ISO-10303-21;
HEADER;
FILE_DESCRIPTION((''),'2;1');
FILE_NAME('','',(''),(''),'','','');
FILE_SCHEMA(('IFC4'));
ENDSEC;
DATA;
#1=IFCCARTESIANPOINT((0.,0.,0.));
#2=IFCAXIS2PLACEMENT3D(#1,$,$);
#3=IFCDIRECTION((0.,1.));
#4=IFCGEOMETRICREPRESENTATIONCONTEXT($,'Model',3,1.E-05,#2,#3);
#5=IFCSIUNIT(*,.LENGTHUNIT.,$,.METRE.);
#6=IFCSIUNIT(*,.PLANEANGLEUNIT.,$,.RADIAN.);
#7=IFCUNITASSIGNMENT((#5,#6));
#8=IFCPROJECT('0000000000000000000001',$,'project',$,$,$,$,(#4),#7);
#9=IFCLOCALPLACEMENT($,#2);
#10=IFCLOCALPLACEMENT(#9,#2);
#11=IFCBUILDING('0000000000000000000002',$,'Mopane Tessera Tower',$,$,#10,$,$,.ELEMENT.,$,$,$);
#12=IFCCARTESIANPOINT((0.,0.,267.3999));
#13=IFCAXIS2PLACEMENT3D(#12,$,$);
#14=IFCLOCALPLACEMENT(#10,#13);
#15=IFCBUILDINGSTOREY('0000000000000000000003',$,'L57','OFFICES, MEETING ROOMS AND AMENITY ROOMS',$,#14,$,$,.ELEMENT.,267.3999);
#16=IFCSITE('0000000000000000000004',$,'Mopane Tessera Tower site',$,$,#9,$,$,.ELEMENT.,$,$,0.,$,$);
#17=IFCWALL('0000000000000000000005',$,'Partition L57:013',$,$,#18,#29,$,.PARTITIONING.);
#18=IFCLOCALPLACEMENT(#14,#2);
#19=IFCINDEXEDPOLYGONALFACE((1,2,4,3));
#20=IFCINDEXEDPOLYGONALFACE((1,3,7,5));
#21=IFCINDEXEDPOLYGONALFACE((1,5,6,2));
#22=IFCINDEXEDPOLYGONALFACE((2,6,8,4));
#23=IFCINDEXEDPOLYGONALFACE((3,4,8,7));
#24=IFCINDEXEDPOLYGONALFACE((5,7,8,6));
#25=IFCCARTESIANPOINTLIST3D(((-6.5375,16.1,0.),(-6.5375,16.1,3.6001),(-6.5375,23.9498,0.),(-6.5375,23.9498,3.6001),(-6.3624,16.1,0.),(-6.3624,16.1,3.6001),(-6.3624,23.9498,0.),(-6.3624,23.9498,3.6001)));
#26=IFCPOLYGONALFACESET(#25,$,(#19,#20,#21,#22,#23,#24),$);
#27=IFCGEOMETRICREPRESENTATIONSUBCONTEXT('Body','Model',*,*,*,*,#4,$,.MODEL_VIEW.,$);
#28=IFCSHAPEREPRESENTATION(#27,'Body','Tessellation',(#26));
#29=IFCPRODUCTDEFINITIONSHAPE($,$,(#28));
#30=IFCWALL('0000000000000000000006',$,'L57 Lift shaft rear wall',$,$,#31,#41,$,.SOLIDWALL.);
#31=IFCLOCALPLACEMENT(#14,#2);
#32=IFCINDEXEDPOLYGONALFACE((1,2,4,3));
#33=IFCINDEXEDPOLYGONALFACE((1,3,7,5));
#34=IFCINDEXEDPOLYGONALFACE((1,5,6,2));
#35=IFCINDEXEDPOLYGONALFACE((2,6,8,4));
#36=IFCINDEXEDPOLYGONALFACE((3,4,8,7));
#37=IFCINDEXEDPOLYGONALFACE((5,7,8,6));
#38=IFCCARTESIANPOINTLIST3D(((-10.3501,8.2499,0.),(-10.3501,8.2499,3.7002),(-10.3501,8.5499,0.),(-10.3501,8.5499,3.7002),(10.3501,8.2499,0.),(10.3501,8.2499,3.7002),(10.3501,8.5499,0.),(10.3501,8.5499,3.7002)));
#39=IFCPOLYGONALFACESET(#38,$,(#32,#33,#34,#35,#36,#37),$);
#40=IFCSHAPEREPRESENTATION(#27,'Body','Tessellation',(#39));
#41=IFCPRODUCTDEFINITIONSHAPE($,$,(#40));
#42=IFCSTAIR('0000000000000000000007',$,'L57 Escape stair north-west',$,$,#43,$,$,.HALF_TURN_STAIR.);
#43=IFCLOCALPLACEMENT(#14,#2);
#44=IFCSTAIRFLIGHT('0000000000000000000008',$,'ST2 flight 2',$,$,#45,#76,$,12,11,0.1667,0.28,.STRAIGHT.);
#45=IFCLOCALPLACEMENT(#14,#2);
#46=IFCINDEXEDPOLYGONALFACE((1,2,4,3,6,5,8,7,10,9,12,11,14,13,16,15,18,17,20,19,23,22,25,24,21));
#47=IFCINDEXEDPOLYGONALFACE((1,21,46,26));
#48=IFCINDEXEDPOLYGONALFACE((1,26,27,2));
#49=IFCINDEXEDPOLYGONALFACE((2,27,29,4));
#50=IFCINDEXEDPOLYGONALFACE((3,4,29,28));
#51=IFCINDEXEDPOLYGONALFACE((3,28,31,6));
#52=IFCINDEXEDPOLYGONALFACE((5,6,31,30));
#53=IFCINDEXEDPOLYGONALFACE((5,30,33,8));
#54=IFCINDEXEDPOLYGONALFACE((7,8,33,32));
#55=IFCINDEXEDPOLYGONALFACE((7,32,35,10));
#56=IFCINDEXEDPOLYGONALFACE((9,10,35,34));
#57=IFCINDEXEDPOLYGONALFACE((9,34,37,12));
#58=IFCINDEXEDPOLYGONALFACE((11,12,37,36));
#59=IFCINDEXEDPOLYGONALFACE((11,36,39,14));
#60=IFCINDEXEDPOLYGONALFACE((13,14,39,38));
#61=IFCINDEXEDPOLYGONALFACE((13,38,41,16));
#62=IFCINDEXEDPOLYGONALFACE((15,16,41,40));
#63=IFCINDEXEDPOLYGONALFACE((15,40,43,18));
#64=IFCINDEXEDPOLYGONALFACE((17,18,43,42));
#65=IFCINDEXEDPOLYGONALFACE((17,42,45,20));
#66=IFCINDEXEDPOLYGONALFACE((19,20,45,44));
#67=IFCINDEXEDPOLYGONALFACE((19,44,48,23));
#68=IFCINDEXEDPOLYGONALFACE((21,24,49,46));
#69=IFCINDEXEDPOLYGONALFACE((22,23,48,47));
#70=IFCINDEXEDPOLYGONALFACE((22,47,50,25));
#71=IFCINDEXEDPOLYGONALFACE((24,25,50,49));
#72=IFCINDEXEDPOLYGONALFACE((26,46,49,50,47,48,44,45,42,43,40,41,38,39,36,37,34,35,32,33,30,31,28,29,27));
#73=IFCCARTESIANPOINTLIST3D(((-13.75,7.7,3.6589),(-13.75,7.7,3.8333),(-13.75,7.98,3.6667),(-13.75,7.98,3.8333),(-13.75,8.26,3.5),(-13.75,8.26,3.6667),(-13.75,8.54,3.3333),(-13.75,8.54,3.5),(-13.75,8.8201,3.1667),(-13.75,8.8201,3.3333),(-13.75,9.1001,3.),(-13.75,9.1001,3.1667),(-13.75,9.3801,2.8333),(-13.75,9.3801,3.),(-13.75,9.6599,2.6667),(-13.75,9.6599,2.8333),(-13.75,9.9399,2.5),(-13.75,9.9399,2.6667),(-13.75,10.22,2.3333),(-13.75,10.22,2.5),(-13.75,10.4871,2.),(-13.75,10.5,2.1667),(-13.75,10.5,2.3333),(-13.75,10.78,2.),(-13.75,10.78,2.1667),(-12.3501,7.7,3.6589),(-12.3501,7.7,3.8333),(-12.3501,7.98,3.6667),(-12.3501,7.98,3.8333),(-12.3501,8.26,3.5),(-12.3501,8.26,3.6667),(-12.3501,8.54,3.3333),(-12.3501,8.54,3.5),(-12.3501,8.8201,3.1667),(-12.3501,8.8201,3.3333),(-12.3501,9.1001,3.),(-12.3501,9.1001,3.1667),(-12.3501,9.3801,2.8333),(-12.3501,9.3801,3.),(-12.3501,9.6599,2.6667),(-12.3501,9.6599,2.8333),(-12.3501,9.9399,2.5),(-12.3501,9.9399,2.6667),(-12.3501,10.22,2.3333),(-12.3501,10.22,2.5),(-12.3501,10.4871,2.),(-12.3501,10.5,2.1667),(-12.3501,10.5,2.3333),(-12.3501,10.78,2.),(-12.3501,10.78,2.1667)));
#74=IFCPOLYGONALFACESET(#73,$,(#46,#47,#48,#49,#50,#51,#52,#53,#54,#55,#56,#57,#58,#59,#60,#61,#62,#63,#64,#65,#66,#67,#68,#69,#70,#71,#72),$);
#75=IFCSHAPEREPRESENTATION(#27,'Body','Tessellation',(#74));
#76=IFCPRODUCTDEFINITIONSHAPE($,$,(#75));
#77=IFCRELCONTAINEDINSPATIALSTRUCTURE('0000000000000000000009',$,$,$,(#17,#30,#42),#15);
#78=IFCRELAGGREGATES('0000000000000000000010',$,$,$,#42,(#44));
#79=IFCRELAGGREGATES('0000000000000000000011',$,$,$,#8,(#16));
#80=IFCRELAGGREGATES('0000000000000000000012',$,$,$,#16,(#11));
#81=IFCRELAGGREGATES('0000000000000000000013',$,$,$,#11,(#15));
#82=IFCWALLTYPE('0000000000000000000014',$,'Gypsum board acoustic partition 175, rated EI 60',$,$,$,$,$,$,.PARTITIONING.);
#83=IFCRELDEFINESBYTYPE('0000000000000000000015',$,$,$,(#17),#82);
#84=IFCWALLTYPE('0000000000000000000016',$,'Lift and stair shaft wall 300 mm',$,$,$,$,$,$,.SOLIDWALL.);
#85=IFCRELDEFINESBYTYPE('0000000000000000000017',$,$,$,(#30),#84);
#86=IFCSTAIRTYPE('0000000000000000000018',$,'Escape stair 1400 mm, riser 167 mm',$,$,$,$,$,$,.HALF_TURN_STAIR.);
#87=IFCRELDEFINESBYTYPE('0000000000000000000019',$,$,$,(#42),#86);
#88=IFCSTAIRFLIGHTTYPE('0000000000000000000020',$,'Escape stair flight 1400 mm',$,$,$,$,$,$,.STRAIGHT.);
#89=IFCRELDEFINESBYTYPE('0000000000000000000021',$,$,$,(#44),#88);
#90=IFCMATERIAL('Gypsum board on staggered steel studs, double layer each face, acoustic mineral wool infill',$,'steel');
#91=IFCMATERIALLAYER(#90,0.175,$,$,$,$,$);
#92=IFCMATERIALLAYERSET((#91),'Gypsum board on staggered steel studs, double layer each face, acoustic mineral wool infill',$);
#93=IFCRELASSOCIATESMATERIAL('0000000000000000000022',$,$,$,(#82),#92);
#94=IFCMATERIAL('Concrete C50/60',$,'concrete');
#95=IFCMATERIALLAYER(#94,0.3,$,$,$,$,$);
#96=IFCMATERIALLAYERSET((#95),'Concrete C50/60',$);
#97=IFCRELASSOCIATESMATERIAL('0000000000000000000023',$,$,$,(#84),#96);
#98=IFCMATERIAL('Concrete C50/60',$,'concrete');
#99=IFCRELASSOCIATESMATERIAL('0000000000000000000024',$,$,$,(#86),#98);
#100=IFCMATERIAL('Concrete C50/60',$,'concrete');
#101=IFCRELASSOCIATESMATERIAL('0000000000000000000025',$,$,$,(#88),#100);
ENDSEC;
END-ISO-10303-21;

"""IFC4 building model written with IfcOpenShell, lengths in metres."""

from ifc_helpers import new_model, si_unit, direction, frame, frame_2d, origin, place, context, subcontext, project, spatial, polyline, rectangle, outline, extrude, material, layer, layer_set, type_object, element, aggregate, save


model = new_model("IFC4")

# Units and contexts
model_context = context("Model", 3, precision=1e-05, world=origin(), true_north=direction((0.0, 1.0)))
body_context = subcontext(model_context, "Body", "Model", "MODEL_VIEW")
ifc_project = project(units=[si_unit("LENGTHUNIT", "METRE"), si_unit("PLANEANGLEUNIT", "RADIAN")], contexts=[model_context])

# Site, building, storey
site_placement = place(None, origin())
site = spatial("IfcSite", under=ifc_project, at=site_placement, Name="Mopane Tessera Tower site", CompositionType="ELEMENT", RefElevation=0.0)
building_placement = place(site_placement, origin())
building = spatial("IfcBuilding", under=site, at=building_placement, Name="Mopane Tessera Tower", CompositionType="ELEMENT")
storey_placement = place(building_placement, frame((0.0, 0.0, 267.3999)))
storey = spatial("IfcBuildingStorey", under=building, at=storey_placement, Name="L57", Description="OFFICES, MEETING ROOMS AND AMENITY ROOMS", CompositionType="ELEMENT", Elevation=267.3999)

# Walls
ifc_material_1 = material(Name="Gypsum board on staggered steel studs, double layer each face, acoustic mineral wool infill", Category="steel")
ifc_layer_1 = layer(ifc_material_1, 0.175)
ifc_layer_set_1 = layer_set([ifc_layer_1], Name="Gypsum board on staggered steel studs, double layer each face, acoustic mineral wool infill")
wall_type_1 = type_object("IfcWallType", Name="Gypsum board acoustic partition 175, rated EI 60", PredefinedType="PARTITIONING", material=ifc_layer_set_1)
wall_1_placement = place(storey_placement, frame((-6.45, 16.1001, 0.0), z_axis=(0.0, 0.0, 1.0), x_axis=(0.0, 1.0, 0.0)))
element("IfcWall", 1, at=wall_1_placement, inside=storey, type_object=wall_type_1, Name="Partition L57:013", PredefinedType="PARTITIONING", context=body_context, shape_type="SweptSolid", body=[
    extrude(rectangle(XDim=7.8499, YDim=0.175, at=frame_2d((3.9248, 0.0))), origin(), (0.0, 0.0, 1.0), 3.6001),
])
ifc_material_2 = material(Name="Concrete C50/60", Category="concrete")
ifc_layer_2 = layer(ifc_material_2, 0.3)
ifc_layer_set_2 = layer_set([ifc_layer_2], Name="Concrete C50/60")
wall_type_2 = type_object("IfcWallType", Name="Lift and stair shaft wall 300 mm", PredefinedType="SOLIDWALL", material=ifc_layer_set_2)
wall_2_placement = place(storey_placement, frame((-10.3501, 8.3999, 0.0), z_axis=(0.0, 0.0, 1.0), x_axis=(1.0, 0.0, 0.0)))
element("IfcWall", 2, at=wall_2_placement, inside=storey, type_object=wall_type_2, Name="L57 Lift shaft rear wall", PredefinedType="SOLIDWALL", context=body_context, shape_type="SweptSolid", body=[
    extrude(rectangle(XDim=20.7002, YDim=0.3, at=frame_2d((10.3501, 0.0))), origin(), (0.0, 0.0, 1.0), 3.7002),
])

# Stair, stair flight
ifc_material_3 = material(Name="Concrete C50/60", Category="concrete")
stair_type = type_object("IfcStairType", Name="Escape stair 1400 mm, riser 167 mm", PredefinedType="HALF_TURN_STAIR", material=ifc_material_3)
stair_placement = place(storey_placement, origin())
stair = element("IfcStair", 3, at=stair_placement, inside=storey, type_object=stair_type, Name="L57 Escape stair north-west", PredefinedType="HALF_TURN_STAIR")
ifc_material_4 = material(Name="Concrete C50/60", Category="concrete")
stair_flight_type = type_object("IfcStairFlightType", Name="Escape stair flight 1400 mm", PredefinedType="STRAIGHT", material=ifc_material_4)
stair_flight_placement = place(storey_placement, frame((-13.05, 10.78, 2.0), z_axis=(0.0, 0.0, 1.0), x_axis=(0.0, -1.0, 0.0)))
stair_flight = element("IfcStairFlight", 4, at=stair_flight_placement, type_object=stair_flight_type, Name="ST2 flight 2", NumberOfRisers=12, NumberOfTreads=11, PredefinedType="STRAIGHT", RiserHeight=0.1667, TreadLength=0.28, context=body_context, shape_type="SweptSolid", body=[
    extrude(outline(polyline([(0.0, 0.0), (0.0, 0.1667), (0.28, 0.1667), (0.28, 0.3333), (0.5601, 0.3333), (0.5601, 0.5), (0.8401, 0.5), (0.8401, 0.6667), (1.1201, 0.6667), (1.1201, 0.8333), (1.3999, 0.8333), (1.3999, 1.0), (1.6799, 1.0), (1.6799, 1.1667), (1.96, 1.1667), (1.96, 1.3333), (2.24, 1.3333), (2.24, 1.5), (2.52, 1.5), (2.52, 1.6667), (2.8, 1.6667), (2.8, 1.8333), (3.0801, 1.8333), (3.0801, 2.0), (3.0801, 1.6589), (0.293, 0.0), (0.0, 0.0)])), frame((0.0, 0.7, 0.0), z_axis=(0.0, -1.0, 0.0), x_axis=(1.0, 0.0, 0.0)), (0.0, 0.0, 1.0), 1.3999),
])
aggregate(stair, [stair_flight])

save(model, "model.ifc")
